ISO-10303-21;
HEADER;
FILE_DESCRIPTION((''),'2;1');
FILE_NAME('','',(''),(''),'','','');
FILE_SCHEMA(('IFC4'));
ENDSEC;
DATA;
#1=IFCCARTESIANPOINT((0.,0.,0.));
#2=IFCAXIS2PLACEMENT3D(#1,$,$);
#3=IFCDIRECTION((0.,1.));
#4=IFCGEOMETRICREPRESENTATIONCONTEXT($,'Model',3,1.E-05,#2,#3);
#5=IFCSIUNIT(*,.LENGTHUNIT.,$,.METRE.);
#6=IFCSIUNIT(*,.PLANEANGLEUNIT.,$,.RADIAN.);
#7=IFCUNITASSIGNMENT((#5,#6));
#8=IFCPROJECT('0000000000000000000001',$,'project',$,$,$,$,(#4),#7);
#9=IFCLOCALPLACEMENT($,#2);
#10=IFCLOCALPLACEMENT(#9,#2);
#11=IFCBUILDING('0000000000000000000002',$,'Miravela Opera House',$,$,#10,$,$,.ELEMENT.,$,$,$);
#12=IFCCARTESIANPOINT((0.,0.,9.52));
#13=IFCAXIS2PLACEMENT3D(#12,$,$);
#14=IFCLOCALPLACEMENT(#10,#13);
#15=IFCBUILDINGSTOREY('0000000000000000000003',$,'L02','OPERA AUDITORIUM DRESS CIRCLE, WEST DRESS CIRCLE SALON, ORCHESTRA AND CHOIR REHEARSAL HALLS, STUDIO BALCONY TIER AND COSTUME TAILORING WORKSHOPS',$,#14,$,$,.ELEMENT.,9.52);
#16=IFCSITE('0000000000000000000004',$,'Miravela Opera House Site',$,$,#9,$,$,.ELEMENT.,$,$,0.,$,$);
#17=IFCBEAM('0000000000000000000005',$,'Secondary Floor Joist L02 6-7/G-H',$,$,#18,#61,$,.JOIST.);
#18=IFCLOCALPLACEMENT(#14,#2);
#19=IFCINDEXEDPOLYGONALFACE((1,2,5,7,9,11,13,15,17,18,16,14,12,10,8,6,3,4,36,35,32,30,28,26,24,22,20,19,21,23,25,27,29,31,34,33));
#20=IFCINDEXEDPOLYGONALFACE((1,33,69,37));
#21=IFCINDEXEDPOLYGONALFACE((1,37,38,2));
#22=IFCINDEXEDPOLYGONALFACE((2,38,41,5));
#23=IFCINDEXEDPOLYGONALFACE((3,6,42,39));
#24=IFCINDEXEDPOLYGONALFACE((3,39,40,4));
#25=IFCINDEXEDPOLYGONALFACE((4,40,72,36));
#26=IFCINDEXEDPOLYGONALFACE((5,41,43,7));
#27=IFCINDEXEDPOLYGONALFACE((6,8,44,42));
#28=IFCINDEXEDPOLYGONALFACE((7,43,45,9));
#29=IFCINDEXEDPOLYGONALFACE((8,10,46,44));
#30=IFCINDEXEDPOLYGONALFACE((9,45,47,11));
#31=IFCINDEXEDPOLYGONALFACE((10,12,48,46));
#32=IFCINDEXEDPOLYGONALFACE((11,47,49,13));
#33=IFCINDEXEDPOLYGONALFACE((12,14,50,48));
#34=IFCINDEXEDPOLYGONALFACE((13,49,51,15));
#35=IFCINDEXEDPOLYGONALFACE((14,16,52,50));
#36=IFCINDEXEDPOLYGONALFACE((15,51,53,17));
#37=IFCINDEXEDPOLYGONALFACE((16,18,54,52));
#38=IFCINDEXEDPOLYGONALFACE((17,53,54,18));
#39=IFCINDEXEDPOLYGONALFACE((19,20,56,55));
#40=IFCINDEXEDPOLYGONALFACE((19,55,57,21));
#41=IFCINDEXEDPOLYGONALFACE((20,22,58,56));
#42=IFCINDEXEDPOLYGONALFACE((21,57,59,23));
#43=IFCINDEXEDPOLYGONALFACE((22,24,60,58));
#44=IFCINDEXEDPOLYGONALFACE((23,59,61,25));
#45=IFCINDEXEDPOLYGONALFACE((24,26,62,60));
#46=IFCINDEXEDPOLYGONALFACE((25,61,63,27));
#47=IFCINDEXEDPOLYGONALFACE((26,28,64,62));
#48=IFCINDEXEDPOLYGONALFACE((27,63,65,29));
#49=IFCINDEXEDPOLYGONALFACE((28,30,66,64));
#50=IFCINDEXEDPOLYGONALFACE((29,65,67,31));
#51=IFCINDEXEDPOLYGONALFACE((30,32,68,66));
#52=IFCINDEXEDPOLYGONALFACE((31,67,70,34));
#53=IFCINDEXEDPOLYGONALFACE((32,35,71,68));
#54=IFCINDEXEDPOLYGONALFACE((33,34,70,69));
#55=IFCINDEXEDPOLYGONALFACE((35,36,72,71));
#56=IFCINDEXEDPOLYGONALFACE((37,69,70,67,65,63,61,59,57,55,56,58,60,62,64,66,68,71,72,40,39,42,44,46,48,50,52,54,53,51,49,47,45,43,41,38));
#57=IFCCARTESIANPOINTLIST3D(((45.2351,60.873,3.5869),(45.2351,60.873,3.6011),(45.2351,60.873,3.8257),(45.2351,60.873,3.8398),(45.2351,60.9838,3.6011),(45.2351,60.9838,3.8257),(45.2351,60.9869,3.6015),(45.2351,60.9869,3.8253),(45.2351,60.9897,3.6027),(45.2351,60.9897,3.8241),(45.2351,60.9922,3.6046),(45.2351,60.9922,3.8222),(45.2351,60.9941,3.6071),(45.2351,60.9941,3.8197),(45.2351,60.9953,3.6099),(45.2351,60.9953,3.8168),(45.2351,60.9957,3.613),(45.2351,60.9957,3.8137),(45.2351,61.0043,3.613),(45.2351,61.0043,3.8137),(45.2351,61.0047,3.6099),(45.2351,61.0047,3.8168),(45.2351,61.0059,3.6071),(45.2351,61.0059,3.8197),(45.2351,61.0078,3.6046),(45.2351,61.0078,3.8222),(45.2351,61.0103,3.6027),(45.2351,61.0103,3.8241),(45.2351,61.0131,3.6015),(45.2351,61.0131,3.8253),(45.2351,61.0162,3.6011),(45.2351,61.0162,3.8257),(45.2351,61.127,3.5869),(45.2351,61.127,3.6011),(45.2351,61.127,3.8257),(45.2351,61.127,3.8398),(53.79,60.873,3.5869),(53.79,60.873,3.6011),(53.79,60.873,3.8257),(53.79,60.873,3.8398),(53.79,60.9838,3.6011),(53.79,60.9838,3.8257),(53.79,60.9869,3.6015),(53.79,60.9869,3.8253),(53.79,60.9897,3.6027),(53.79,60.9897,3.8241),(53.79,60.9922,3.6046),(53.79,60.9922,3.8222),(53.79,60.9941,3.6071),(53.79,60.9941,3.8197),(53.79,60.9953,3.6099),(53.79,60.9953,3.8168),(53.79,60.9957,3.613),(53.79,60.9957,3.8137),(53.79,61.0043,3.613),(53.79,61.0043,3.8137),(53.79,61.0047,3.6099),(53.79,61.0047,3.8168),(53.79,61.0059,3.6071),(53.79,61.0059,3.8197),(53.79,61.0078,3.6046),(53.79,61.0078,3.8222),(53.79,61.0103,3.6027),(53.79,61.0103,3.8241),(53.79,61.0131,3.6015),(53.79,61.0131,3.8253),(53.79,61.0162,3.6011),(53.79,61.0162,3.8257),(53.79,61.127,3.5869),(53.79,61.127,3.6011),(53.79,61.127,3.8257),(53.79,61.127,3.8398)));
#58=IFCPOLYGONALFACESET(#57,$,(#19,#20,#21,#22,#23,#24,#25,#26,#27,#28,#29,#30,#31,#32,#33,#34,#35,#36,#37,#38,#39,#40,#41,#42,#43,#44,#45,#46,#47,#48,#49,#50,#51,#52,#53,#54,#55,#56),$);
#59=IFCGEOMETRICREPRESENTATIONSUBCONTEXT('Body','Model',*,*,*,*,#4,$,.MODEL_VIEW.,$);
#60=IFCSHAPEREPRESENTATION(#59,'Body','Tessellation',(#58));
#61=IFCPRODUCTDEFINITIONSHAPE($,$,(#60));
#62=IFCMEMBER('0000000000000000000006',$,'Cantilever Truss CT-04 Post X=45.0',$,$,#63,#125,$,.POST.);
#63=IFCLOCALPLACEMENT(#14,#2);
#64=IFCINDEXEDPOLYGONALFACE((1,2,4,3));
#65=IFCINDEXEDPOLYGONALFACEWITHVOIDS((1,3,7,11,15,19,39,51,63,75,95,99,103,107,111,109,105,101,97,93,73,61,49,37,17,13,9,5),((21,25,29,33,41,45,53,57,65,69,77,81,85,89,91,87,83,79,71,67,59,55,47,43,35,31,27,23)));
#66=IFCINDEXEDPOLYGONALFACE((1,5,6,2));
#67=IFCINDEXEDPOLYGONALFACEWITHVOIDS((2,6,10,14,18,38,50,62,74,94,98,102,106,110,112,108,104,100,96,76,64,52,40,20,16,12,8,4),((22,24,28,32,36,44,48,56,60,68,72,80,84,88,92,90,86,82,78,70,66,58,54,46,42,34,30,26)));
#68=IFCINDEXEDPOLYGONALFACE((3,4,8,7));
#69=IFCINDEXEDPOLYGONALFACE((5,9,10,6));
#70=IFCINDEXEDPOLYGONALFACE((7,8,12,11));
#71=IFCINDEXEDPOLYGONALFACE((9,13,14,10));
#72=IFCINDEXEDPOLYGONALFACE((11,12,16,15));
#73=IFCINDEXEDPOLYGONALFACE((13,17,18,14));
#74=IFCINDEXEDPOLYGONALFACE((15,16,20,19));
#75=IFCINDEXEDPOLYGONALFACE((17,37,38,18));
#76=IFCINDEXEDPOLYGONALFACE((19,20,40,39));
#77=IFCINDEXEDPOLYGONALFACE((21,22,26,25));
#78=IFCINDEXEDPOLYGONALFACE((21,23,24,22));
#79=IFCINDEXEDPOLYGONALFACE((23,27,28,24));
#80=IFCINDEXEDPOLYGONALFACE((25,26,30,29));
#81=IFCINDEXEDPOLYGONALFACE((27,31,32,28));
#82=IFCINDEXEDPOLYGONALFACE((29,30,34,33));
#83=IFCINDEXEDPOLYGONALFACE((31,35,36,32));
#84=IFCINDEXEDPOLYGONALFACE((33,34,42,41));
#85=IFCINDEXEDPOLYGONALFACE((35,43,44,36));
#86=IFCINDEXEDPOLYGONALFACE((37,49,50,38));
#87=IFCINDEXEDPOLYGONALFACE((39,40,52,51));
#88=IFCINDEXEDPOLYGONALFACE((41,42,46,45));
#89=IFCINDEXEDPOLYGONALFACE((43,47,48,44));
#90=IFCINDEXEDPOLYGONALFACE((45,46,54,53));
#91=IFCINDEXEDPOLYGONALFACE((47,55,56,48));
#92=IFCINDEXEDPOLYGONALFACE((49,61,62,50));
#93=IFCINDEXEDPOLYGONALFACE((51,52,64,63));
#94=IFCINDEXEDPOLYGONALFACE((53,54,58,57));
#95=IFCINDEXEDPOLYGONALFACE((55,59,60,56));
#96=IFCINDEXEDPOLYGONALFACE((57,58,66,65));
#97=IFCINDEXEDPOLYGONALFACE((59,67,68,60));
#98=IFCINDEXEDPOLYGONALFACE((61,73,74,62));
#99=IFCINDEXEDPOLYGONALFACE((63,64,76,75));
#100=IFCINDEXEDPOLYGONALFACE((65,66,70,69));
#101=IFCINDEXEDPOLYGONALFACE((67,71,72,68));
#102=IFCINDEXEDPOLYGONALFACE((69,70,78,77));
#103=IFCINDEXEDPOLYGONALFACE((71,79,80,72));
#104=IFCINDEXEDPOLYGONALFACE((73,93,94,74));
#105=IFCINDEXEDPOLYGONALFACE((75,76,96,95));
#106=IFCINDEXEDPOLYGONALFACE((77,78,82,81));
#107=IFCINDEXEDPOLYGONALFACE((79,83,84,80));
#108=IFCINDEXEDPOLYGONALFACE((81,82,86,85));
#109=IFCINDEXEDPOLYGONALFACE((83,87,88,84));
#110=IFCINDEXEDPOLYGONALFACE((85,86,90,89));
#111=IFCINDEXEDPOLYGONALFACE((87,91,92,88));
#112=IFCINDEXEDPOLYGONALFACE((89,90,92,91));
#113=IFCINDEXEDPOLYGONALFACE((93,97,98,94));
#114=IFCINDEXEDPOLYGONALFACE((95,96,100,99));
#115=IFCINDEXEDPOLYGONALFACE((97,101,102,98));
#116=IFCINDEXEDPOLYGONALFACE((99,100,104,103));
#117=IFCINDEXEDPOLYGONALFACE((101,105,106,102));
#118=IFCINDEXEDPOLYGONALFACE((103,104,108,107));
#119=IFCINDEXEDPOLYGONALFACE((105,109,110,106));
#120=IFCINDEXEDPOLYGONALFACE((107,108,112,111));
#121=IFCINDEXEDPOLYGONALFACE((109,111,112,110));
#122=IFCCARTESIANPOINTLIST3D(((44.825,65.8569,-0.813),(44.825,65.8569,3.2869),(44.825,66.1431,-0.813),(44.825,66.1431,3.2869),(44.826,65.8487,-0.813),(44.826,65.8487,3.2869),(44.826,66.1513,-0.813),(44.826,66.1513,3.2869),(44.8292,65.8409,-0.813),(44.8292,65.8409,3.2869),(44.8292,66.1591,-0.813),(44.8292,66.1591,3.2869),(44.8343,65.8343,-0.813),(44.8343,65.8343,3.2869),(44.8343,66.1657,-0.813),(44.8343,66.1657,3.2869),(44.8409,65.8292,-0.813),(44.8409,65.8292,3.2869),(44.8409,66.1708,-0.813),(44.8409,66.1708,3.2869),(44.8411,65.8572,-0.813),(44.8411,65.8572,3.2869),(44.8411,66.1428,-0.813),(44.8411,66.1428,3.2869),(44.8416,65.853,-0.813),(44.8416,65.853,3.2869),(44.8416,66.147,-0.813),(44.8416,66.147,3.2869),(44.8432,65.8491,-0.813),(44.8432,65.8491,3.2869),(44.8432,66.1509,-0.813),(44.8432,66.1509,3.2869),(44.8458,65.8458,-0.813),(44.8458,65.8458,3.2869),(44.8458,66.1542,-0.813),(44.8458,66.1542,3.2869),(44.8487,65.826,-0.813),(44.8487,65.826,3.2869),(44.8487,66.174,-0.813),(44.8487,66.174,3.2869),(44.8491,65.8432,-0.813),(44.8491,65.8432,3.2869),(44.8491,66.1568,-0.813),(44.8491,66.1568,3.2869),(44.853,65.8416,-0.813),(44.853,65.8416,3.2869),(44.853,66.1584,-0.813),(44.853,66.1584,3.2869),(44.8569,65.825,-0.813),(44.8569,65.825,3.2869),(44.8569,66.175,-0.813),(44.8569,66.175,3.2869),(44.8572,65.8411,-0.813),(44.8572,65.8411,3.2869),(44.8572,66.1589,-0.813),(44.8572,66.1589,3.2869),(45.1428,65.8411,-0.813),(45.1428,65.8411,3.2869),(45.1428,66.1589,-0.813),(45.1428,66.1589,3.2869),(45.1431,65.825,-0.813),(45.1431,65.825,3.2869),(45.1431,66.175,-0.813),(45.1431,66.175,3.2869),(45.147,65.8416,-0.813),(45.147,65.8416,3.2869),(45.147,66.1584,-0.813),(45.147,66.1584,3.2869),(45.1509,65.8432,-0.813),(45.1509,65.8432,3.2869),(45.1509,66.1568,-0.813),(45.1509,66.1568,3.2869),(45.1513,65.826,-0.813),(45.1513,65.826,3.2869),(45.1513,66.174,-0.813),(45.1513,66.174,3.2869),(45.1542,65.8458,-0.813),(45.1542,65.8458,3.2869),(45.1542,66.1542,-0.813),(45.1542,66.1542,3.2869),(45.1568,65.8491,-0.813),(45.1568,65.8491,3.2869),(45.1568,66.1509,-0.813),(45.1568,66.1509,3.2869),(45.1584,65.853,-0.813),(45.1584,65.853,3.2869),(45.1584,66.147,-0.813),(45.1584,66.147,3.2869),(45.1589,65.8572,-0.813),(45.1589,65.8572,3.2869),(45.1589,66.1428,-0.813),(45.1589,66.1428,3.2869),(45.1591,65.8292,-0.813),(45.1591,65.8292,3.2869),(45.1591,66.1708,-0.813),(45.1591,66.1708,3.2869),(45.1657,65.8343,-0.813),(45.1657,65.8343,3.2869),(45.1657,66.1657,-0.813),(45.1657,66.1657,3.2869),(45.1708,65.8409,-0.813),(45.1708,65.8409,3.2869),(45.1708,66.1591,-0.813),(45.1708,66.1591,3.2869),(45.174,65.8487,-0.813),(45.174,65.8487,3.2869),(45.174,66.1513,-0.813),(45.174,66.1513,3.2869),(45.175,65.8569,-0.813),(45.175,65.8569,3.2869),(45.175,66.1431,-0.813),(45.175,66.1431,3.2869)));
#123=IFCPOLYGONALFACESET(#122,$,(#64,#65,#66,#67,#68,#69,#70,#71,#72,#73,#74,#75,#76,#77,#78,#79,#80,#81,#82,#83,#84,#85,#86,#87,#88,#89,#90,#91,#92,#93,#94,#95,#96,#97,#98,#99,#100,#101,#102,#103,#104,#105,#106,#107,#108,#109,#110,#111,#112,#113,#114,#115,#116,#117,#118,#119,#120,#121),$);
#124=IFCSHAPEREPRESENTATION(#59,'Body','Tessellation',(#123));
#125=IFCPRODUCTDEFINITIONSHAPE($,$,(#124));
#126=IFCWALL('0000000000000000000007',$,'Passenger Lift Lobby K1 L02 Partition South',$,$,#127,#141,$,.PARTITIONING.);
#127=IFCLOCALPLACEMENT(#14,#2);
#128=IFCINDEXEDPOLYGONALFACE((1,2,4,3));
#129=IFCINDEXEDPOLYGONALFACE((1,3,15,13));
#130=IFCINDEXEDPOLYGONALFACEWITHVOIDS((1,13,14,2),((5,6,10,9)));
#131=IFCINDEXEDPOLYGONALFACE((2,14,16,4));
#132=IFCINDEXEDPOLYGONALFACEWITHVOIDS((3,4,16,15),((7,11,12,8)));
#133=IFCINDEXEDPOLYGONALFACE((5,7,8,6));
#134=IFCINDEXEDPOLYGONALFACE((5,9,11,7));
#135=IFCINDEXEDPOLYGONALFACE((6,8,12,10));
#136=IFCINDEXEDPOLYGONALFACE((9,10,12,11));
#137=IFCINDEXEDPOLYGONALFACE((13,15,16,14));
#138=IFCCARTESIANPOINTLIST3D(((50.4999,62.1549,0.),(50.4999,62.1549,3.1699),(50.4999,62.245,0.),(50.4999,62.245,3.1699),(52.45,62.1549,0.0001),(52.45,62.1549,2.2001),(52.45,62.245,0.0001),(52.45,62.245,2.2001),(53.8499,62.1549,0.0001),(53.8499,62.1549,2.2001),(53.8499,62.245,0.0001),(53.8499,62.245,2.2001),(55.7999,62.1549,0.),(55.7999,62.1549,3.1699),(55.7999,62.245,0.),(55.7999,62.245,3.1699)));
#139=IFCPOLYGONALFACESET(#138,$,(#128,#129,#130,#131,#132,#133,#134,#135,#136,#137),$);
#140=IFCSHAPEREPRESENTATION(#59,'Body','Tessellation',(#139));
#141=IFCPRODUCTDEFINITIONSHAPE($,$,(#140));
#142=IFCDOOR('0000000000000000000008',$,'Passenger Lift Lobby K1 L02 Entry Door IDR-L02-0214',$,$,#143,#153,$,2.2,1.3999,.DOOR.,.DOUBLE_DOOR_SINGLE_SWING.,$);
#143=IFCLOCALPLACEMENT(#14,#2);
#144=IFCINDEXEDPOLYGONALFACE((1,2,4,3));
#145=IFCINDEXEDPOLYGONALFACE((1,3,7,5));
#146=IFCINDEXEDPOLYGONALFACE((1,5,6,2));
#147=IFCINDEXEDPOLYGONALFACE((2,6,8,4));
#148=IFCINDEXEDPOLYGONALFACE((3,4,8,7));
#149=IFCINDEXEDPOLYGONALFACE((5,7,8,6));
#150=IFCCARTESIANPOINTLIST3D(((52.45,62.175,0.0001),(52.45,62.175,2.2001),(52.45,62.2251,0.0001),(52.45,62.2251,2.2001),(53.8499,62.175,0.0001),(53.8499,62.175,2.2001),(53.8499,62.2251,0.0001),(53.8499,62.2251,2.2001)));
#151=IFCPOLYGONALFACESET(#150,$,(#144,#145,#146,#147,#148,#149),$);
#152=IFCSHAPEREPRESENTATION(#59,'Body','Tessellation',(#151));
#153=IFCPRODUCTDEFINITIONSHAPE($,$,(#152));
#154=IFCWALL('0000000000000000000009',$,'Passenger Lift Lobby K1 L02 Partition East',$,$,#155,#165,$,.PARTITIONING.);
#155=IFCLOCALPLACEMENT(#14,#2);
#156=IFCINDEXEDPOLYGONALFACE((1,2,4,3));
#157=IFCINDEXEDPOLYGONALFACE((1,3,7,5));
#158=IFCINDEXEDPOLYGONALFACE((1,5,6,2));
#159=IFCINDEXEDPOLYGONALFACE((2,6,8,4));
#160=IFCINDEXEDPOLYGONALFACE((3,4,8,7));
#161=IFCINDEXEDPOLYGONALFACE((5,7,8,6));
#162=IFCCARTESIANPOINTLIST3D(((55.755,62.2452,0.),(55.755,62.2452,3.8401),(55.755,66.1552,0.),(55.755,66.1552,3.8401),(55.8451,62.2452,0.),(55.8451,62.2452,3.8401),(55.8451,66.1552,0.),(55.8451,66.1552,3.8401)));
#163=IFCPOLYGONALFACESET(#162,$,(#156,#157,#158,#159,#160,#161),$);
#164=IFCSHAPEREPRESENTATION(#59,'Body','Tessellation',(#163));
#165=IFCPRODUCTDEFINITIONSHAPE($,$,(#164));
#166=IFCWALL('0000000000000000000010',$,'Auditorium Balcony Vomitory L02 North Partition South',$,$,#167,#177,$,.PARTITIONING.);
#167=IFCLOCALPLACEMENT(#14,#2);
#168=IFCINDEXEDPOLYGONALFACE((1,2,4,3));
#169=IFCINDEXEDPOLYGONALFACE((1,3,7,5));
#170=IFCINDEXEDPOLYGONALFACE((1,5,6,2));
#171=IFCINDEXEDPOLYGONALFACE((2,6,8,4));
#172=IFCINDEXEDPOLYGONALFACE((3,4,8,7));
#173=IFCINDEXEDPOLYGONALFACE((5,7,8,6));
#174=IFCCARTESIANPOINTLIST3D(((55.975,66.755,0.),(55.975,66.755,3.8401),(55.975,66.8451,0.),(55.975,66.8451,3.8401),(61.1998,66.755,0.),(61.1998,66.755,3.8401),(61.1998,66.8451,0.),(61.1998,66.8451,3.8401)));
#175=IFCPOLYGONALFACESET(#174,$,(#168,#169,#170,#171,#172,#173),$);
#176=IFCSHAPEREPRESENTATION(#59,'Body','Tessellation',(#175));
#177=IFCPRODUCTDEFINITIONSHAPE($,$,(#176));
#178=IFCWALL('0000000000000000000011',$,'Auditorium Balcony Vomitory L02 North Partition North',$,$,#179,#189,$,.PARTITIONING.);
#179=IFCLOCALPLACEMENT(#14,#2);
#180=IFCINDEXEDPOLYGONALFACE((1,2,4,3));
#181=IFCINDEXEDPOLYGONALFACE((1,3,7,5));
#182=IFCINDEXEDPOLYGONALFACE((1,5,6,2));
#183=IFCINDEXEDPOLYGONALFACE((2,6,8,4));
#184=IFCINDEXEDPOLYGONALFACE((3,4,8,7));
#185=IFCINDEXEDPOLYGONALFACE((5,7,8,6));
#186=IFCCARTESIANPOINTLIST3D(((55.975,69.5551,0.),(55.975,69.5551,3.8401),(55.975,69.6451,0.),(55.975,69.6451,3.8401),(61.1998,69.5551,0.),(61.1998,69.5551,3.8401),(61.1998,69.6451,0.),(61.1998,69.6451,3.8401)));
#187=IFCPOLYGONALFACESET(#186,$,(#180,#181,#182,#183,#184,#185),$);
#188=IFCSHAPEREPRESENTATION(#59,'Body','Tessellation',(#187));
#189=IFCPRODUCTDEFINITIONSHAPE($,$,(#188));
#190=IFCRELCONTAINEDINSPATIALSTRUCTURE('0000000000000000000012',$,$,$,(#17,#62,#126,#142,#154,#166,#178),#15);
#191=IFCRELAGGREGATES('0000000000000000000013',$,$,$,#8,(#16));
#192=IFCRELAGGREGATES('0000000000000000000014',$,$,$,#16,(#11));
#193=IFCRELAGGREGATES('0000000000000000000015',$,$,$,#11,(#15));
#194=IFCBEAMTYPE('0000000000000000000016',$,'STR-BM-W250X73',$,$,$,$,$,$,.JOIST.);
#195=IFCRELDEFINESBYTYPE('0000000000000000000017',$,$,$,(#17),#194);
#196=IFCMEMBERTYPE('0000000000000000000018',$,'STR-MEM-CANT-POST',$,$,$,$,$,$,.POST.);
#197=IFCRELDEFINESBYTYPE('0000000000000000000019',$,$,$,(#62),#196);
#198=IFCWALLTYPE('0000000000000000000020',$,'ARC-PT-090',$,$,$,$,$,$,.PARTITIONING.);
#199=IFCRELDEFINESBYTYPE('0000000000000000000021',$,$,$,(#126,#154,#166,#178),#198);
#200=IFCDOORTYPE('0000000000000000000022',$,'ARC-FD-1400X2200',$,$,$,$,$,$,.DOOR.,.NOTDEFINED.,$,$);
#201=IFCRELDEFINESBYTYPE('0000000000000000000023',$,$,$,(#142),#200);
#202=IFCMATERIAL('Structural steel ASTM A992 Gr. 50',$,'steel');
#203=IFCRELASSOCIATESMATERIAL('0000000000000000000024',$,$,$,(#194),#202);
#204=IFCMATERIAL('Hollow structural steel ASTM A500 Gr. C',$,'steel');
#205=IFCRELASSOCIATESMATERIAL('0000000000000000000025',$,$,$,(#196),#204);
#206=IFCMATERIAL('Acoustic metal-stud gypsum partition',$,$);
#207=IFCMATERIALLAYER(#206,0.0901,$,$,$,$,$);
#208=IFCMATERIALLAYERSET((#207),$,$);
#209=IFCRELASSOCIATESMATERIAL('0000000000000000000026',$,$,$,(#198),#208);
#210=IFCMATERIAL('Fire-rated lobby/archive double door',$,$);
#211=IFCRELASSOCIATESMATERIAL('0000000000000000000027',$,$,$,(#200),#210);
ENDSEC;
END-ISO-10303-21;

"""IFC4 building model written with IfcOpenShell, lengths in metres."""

from ifc_helpers import new_model, si_unit, direction, frame, frame_2d, origin, origin_2d, place, context, subcontext, project, spatial, rectangle, hollow_rectangle, i_section, extrude, material, layer, layer_set, material_profile, profile_set, type_object, element, fill, save


model = new_model("IFC4")

# Units and contexts
model_context = context("Model", 3, precision=1e-05, world=origin(), true_north=direction((0.0, 1.0)))
body_context = subcontext(model_context, "Body", "Model", "MODEL_VIEW")
ifc_project = project(units=[si_unit("LENGTHUNIT", "METRE"), si_unit("PLANEANGLEUNIT", "RADIAN")], contexts=[model_context])

# Site, building, storey
site_placement = place(None, origin())
site = spatial("IfcSite", under=ifc_project, at=site_placement, Name="Miravela Opera House Site", CompositionType="ELEMENT", RefElevation=0.0)
building_placement = place(site_placement, origin())
building = spatial("IfcBuilding", under=site, at=building_placement, Name="Miravela Opera House", CompositionType="ELEMENT")
storey_placement = place(building_placement, frame((0.0, 0.0, 9.52)))
storey = spatial("IfcBuildingStorey", under=building, at=storey_placement, Name="L02", Description="OPERA AUDITORIUM DRESS CIRCLE, WEST DRESS CIRCLE SALON, ORCHESTRA AND CHOIR REHEARSAL HALLS, STUDIO BALCONY TIER AND COSTUME TAILORING WORKSHOPS", CompositionType="ELEMENT", Elevation=9.52)

# Shared definitions
ifc_material_1 = material(Name="Hollow structural steel ASTM A500 Gr. C", Category="steel")

# Beam
ifc_material_2 = material(Name="Structural steel ASTM A992 Gr. 50", Category="steel")
ifc_material_profile_1 = material_profile(ifc_material_2, i_section(OverallWidth=0.2539, OverallDepth=0.2529, WebThickness=0.0085, FlangeThickness=0.0142, FilletRadius=0.012, at=origin_2d()), Name="W250X73")
ifc_profile_set_1 = profile_set([ifc_material_profile_1])
beam_type_1 = type_object("IfcBeamType", Name="STR-BM-W250X73", PredefinedType="JOIST", material=ifc_profile_set_1)
beam_1_placement = place(storey_placement, frame((45.2351, 61.0, 3.7134), z_axis=(1.0, 0.0, 0.0), x_axis=(0.0, 1.0, 0.0)))
element("IfcBeam", 1, at=beam_1_placement, inside=storey, type_object=beam_type_1, Name="Secondary Floor Joist L02 6-7/G-H", PredefinedType="JOIST", context=body_context, shape_type="SweptSolid", body=[
    extrude(i_section(OverallWidth=0.2539, OverallDepth=0.2529, WebThickness=0.0085, FlangeThickness=0.0142, FilletRadius=0.012, at=origin_2d()), origin(), (0.0, 0.0, 1.0), 8.5549),
])

# Member
ifc_material_profile_2 = material_profile(ifc_material_1, hollow_rectangle(XDim=0.3501, YDim=0.3501, WallThickness=0.0161, InnerFilletRadius=0.0161, OuterFilletRadius=0.032, at=origin_2d()), Name="HSS350X350X16")
ifc_profile_set_2 = profile_set([ifc_material_profile_2])
member_type = type_object("IfcMemberType", Name="STR-MEM-CANT-POST", PredefinedType="POST", material=ifc_profile_set_2)
member_placement = place(storey_placement, frame((45.0, 66.0, -0.813), z_axis=(0.0, 0.0, 1.0), x_axis=(1.0, 0.0, 0.0)))
element("IfcMember", 2, at=member_placement, inside=storey, type_object=member_type, Name="Cantilever Truss CT-04 Post X=45.0", PredefinedType="POST", context=body_context, shape_type="SweptSolid", body=[
    extrude(hollow_rectangle(XDim=0.3501, YDim=0.3501, WallThickness=0.0161, InnerFilletRadius=0.0161, OuterFilletRadius=0.032, at=origin_2d()), origin(), (0.0, 0.0, 1.0), 4.0999),
])

# Wall, opening, door
ifc_material_3 = material(Name="Acoustic metal-stud gypsum partition")
ifc_layer_1 = layer(ifc_material_3, 0.0901)
ifc_layer_set_1 = layer_set([ifc_layer_1])
wall_type_1 = type_object("IfcWallType", Name="ARC-PT-090", PredefinedType="PARTITIONING", material=ifc_layer_set_1)
wall_1_placement = place(storey_placement, frame((50.5, 62.2, 0.0), z_axis=(0.0, 0.0, 1.0), x_axis=(1.0, 0.0, 0.0)))
wall_1 = element("IfcWall", 3, at=wall_1_placement, inside=storey, type_object=wall_type_1, Name="Passenger Lift Lobby K1 L02 Partition South", PredefinedType="PARTITIONING", context=body_context, shape_type="SweptSolid", body=[
    extrude(rectangle(XDim=5.3, YDim=0.0901, at=frame_2d((2.6499, 0.0))), origin(), (0.0, 0.0, 1.0), 3.1699),
])
opening_1_placement = place(wall_1_placement, frame((1.95, 0.0, 0.0)))
opening_1 = element("IfcOpeningElement", 4, at=opening_1_placement, cuts=wall_1, PredefinedType="OPENING", context=body_context, shape_type="SweptSolid", body=[
    extrude(rectangle(XDim=1.3999, YDim=2.2, at=frame_2d((0.7, 1.1001))), frame((0.0, 0.0549, 0.0), z_axis=(0.0, -1.0, 0.0), x_axis=(1.0, 0.0, 0.0)), (0.0, 0.0, 1.0), 0.1101),
])
ifc_material_4 = material(Name="Fire-rated lobby/archive double door")
door_type_1 = type_object("IfcDoorType", Name="ARC-FD-1400X2200", OperationType="NOTDEFINED", PredefinedType="DOOR", material=ifc_material_4)
door_1_placement = place(opening_1_placement, frame((1.3999, 0.0, 0.0), z_axis=(0.0, 0.0, 1.0), x_axis=(-1.0, 0.0, 0.0)))
door_1 = element("IfcDoor", 5, at=door_1_placement, inside=storey, type_object=door_type_1, Name="Passenger Lift Lobby K1 L02 Entry Door IDR-L02-0214", OperationType="DOUBLE_DOOR_SINGLE_SWING", OverallHeight=2.2, OverallWidth=1.3999, PredefinedType="DOOR", context=body_context, shape_type="SweptSolid", body=[
    extrude(rectangle(XDim=1.3999, YDim=2.2, at=frame_2d((0.7, 1.1001))), frame((0.0, 0.0249, 0.0), z_axis=(0.0, -1.0, 0.0), x_axis=(1.0, 0.0, 0.0)), (0.0, 0.0, 1.0), 0.05),
])
fill(opening_1, door_1)

# Walls
wall_2_placement = place(storey_placement, frame((55.8, 62.2451, 0.0), z_axis=(0.0, 0.0, 1.0), x_axis=(0.0, 1.0, 0.0)))
element("IfcWall", 6, at=wall_2_placement, inside=storey, type_object=wall_type_1, Name="Passenger Lift Lobby K1 L02 Partition East", PredefinedType="PARTITIONING", context=body_context, shape_type="SweptSolid", body=[
    extrude(rectangle(XDim=3.9099, YDim=0.0901, at=frame_2d((1.9551, 0.0))), origin(), (0.0, 0.0, 1.0), 3.8401),
])
for number, where, z_axis, x_axis, name in (
    (7, (55.9751, 66.8, 0.0), (0.0, 0.0, 1.0), (1.0, 0.0, 0.0), "Auditorium Balcony Vomitory L02 North Partition South"),
    (8, (55.9751, 69.6001, 0.0), (0.0, 0.0, 1.0), (1.0, 0.0, 0.0), "Auditorium Balcony Vomitory L02 North Partition North"),
):
    element("IfcWall", number, at=place(storey_placement, frame(where, z_axis=z_axis, x_axis=x_axis)), inside=storey, type_object=wall_type_1, Name=name, PredefinedType="PARTITIONING", context=body_context, shape_type="SweptSolid", body=[
        extrude(rectangle(XDim=5.2249, YDim=0.0901, at=frame_2d((2.6123, 0.0))), origin(), (0.0, 0.0, 1.0), 3.8401),
    ])

save(model, "model.ifc")
